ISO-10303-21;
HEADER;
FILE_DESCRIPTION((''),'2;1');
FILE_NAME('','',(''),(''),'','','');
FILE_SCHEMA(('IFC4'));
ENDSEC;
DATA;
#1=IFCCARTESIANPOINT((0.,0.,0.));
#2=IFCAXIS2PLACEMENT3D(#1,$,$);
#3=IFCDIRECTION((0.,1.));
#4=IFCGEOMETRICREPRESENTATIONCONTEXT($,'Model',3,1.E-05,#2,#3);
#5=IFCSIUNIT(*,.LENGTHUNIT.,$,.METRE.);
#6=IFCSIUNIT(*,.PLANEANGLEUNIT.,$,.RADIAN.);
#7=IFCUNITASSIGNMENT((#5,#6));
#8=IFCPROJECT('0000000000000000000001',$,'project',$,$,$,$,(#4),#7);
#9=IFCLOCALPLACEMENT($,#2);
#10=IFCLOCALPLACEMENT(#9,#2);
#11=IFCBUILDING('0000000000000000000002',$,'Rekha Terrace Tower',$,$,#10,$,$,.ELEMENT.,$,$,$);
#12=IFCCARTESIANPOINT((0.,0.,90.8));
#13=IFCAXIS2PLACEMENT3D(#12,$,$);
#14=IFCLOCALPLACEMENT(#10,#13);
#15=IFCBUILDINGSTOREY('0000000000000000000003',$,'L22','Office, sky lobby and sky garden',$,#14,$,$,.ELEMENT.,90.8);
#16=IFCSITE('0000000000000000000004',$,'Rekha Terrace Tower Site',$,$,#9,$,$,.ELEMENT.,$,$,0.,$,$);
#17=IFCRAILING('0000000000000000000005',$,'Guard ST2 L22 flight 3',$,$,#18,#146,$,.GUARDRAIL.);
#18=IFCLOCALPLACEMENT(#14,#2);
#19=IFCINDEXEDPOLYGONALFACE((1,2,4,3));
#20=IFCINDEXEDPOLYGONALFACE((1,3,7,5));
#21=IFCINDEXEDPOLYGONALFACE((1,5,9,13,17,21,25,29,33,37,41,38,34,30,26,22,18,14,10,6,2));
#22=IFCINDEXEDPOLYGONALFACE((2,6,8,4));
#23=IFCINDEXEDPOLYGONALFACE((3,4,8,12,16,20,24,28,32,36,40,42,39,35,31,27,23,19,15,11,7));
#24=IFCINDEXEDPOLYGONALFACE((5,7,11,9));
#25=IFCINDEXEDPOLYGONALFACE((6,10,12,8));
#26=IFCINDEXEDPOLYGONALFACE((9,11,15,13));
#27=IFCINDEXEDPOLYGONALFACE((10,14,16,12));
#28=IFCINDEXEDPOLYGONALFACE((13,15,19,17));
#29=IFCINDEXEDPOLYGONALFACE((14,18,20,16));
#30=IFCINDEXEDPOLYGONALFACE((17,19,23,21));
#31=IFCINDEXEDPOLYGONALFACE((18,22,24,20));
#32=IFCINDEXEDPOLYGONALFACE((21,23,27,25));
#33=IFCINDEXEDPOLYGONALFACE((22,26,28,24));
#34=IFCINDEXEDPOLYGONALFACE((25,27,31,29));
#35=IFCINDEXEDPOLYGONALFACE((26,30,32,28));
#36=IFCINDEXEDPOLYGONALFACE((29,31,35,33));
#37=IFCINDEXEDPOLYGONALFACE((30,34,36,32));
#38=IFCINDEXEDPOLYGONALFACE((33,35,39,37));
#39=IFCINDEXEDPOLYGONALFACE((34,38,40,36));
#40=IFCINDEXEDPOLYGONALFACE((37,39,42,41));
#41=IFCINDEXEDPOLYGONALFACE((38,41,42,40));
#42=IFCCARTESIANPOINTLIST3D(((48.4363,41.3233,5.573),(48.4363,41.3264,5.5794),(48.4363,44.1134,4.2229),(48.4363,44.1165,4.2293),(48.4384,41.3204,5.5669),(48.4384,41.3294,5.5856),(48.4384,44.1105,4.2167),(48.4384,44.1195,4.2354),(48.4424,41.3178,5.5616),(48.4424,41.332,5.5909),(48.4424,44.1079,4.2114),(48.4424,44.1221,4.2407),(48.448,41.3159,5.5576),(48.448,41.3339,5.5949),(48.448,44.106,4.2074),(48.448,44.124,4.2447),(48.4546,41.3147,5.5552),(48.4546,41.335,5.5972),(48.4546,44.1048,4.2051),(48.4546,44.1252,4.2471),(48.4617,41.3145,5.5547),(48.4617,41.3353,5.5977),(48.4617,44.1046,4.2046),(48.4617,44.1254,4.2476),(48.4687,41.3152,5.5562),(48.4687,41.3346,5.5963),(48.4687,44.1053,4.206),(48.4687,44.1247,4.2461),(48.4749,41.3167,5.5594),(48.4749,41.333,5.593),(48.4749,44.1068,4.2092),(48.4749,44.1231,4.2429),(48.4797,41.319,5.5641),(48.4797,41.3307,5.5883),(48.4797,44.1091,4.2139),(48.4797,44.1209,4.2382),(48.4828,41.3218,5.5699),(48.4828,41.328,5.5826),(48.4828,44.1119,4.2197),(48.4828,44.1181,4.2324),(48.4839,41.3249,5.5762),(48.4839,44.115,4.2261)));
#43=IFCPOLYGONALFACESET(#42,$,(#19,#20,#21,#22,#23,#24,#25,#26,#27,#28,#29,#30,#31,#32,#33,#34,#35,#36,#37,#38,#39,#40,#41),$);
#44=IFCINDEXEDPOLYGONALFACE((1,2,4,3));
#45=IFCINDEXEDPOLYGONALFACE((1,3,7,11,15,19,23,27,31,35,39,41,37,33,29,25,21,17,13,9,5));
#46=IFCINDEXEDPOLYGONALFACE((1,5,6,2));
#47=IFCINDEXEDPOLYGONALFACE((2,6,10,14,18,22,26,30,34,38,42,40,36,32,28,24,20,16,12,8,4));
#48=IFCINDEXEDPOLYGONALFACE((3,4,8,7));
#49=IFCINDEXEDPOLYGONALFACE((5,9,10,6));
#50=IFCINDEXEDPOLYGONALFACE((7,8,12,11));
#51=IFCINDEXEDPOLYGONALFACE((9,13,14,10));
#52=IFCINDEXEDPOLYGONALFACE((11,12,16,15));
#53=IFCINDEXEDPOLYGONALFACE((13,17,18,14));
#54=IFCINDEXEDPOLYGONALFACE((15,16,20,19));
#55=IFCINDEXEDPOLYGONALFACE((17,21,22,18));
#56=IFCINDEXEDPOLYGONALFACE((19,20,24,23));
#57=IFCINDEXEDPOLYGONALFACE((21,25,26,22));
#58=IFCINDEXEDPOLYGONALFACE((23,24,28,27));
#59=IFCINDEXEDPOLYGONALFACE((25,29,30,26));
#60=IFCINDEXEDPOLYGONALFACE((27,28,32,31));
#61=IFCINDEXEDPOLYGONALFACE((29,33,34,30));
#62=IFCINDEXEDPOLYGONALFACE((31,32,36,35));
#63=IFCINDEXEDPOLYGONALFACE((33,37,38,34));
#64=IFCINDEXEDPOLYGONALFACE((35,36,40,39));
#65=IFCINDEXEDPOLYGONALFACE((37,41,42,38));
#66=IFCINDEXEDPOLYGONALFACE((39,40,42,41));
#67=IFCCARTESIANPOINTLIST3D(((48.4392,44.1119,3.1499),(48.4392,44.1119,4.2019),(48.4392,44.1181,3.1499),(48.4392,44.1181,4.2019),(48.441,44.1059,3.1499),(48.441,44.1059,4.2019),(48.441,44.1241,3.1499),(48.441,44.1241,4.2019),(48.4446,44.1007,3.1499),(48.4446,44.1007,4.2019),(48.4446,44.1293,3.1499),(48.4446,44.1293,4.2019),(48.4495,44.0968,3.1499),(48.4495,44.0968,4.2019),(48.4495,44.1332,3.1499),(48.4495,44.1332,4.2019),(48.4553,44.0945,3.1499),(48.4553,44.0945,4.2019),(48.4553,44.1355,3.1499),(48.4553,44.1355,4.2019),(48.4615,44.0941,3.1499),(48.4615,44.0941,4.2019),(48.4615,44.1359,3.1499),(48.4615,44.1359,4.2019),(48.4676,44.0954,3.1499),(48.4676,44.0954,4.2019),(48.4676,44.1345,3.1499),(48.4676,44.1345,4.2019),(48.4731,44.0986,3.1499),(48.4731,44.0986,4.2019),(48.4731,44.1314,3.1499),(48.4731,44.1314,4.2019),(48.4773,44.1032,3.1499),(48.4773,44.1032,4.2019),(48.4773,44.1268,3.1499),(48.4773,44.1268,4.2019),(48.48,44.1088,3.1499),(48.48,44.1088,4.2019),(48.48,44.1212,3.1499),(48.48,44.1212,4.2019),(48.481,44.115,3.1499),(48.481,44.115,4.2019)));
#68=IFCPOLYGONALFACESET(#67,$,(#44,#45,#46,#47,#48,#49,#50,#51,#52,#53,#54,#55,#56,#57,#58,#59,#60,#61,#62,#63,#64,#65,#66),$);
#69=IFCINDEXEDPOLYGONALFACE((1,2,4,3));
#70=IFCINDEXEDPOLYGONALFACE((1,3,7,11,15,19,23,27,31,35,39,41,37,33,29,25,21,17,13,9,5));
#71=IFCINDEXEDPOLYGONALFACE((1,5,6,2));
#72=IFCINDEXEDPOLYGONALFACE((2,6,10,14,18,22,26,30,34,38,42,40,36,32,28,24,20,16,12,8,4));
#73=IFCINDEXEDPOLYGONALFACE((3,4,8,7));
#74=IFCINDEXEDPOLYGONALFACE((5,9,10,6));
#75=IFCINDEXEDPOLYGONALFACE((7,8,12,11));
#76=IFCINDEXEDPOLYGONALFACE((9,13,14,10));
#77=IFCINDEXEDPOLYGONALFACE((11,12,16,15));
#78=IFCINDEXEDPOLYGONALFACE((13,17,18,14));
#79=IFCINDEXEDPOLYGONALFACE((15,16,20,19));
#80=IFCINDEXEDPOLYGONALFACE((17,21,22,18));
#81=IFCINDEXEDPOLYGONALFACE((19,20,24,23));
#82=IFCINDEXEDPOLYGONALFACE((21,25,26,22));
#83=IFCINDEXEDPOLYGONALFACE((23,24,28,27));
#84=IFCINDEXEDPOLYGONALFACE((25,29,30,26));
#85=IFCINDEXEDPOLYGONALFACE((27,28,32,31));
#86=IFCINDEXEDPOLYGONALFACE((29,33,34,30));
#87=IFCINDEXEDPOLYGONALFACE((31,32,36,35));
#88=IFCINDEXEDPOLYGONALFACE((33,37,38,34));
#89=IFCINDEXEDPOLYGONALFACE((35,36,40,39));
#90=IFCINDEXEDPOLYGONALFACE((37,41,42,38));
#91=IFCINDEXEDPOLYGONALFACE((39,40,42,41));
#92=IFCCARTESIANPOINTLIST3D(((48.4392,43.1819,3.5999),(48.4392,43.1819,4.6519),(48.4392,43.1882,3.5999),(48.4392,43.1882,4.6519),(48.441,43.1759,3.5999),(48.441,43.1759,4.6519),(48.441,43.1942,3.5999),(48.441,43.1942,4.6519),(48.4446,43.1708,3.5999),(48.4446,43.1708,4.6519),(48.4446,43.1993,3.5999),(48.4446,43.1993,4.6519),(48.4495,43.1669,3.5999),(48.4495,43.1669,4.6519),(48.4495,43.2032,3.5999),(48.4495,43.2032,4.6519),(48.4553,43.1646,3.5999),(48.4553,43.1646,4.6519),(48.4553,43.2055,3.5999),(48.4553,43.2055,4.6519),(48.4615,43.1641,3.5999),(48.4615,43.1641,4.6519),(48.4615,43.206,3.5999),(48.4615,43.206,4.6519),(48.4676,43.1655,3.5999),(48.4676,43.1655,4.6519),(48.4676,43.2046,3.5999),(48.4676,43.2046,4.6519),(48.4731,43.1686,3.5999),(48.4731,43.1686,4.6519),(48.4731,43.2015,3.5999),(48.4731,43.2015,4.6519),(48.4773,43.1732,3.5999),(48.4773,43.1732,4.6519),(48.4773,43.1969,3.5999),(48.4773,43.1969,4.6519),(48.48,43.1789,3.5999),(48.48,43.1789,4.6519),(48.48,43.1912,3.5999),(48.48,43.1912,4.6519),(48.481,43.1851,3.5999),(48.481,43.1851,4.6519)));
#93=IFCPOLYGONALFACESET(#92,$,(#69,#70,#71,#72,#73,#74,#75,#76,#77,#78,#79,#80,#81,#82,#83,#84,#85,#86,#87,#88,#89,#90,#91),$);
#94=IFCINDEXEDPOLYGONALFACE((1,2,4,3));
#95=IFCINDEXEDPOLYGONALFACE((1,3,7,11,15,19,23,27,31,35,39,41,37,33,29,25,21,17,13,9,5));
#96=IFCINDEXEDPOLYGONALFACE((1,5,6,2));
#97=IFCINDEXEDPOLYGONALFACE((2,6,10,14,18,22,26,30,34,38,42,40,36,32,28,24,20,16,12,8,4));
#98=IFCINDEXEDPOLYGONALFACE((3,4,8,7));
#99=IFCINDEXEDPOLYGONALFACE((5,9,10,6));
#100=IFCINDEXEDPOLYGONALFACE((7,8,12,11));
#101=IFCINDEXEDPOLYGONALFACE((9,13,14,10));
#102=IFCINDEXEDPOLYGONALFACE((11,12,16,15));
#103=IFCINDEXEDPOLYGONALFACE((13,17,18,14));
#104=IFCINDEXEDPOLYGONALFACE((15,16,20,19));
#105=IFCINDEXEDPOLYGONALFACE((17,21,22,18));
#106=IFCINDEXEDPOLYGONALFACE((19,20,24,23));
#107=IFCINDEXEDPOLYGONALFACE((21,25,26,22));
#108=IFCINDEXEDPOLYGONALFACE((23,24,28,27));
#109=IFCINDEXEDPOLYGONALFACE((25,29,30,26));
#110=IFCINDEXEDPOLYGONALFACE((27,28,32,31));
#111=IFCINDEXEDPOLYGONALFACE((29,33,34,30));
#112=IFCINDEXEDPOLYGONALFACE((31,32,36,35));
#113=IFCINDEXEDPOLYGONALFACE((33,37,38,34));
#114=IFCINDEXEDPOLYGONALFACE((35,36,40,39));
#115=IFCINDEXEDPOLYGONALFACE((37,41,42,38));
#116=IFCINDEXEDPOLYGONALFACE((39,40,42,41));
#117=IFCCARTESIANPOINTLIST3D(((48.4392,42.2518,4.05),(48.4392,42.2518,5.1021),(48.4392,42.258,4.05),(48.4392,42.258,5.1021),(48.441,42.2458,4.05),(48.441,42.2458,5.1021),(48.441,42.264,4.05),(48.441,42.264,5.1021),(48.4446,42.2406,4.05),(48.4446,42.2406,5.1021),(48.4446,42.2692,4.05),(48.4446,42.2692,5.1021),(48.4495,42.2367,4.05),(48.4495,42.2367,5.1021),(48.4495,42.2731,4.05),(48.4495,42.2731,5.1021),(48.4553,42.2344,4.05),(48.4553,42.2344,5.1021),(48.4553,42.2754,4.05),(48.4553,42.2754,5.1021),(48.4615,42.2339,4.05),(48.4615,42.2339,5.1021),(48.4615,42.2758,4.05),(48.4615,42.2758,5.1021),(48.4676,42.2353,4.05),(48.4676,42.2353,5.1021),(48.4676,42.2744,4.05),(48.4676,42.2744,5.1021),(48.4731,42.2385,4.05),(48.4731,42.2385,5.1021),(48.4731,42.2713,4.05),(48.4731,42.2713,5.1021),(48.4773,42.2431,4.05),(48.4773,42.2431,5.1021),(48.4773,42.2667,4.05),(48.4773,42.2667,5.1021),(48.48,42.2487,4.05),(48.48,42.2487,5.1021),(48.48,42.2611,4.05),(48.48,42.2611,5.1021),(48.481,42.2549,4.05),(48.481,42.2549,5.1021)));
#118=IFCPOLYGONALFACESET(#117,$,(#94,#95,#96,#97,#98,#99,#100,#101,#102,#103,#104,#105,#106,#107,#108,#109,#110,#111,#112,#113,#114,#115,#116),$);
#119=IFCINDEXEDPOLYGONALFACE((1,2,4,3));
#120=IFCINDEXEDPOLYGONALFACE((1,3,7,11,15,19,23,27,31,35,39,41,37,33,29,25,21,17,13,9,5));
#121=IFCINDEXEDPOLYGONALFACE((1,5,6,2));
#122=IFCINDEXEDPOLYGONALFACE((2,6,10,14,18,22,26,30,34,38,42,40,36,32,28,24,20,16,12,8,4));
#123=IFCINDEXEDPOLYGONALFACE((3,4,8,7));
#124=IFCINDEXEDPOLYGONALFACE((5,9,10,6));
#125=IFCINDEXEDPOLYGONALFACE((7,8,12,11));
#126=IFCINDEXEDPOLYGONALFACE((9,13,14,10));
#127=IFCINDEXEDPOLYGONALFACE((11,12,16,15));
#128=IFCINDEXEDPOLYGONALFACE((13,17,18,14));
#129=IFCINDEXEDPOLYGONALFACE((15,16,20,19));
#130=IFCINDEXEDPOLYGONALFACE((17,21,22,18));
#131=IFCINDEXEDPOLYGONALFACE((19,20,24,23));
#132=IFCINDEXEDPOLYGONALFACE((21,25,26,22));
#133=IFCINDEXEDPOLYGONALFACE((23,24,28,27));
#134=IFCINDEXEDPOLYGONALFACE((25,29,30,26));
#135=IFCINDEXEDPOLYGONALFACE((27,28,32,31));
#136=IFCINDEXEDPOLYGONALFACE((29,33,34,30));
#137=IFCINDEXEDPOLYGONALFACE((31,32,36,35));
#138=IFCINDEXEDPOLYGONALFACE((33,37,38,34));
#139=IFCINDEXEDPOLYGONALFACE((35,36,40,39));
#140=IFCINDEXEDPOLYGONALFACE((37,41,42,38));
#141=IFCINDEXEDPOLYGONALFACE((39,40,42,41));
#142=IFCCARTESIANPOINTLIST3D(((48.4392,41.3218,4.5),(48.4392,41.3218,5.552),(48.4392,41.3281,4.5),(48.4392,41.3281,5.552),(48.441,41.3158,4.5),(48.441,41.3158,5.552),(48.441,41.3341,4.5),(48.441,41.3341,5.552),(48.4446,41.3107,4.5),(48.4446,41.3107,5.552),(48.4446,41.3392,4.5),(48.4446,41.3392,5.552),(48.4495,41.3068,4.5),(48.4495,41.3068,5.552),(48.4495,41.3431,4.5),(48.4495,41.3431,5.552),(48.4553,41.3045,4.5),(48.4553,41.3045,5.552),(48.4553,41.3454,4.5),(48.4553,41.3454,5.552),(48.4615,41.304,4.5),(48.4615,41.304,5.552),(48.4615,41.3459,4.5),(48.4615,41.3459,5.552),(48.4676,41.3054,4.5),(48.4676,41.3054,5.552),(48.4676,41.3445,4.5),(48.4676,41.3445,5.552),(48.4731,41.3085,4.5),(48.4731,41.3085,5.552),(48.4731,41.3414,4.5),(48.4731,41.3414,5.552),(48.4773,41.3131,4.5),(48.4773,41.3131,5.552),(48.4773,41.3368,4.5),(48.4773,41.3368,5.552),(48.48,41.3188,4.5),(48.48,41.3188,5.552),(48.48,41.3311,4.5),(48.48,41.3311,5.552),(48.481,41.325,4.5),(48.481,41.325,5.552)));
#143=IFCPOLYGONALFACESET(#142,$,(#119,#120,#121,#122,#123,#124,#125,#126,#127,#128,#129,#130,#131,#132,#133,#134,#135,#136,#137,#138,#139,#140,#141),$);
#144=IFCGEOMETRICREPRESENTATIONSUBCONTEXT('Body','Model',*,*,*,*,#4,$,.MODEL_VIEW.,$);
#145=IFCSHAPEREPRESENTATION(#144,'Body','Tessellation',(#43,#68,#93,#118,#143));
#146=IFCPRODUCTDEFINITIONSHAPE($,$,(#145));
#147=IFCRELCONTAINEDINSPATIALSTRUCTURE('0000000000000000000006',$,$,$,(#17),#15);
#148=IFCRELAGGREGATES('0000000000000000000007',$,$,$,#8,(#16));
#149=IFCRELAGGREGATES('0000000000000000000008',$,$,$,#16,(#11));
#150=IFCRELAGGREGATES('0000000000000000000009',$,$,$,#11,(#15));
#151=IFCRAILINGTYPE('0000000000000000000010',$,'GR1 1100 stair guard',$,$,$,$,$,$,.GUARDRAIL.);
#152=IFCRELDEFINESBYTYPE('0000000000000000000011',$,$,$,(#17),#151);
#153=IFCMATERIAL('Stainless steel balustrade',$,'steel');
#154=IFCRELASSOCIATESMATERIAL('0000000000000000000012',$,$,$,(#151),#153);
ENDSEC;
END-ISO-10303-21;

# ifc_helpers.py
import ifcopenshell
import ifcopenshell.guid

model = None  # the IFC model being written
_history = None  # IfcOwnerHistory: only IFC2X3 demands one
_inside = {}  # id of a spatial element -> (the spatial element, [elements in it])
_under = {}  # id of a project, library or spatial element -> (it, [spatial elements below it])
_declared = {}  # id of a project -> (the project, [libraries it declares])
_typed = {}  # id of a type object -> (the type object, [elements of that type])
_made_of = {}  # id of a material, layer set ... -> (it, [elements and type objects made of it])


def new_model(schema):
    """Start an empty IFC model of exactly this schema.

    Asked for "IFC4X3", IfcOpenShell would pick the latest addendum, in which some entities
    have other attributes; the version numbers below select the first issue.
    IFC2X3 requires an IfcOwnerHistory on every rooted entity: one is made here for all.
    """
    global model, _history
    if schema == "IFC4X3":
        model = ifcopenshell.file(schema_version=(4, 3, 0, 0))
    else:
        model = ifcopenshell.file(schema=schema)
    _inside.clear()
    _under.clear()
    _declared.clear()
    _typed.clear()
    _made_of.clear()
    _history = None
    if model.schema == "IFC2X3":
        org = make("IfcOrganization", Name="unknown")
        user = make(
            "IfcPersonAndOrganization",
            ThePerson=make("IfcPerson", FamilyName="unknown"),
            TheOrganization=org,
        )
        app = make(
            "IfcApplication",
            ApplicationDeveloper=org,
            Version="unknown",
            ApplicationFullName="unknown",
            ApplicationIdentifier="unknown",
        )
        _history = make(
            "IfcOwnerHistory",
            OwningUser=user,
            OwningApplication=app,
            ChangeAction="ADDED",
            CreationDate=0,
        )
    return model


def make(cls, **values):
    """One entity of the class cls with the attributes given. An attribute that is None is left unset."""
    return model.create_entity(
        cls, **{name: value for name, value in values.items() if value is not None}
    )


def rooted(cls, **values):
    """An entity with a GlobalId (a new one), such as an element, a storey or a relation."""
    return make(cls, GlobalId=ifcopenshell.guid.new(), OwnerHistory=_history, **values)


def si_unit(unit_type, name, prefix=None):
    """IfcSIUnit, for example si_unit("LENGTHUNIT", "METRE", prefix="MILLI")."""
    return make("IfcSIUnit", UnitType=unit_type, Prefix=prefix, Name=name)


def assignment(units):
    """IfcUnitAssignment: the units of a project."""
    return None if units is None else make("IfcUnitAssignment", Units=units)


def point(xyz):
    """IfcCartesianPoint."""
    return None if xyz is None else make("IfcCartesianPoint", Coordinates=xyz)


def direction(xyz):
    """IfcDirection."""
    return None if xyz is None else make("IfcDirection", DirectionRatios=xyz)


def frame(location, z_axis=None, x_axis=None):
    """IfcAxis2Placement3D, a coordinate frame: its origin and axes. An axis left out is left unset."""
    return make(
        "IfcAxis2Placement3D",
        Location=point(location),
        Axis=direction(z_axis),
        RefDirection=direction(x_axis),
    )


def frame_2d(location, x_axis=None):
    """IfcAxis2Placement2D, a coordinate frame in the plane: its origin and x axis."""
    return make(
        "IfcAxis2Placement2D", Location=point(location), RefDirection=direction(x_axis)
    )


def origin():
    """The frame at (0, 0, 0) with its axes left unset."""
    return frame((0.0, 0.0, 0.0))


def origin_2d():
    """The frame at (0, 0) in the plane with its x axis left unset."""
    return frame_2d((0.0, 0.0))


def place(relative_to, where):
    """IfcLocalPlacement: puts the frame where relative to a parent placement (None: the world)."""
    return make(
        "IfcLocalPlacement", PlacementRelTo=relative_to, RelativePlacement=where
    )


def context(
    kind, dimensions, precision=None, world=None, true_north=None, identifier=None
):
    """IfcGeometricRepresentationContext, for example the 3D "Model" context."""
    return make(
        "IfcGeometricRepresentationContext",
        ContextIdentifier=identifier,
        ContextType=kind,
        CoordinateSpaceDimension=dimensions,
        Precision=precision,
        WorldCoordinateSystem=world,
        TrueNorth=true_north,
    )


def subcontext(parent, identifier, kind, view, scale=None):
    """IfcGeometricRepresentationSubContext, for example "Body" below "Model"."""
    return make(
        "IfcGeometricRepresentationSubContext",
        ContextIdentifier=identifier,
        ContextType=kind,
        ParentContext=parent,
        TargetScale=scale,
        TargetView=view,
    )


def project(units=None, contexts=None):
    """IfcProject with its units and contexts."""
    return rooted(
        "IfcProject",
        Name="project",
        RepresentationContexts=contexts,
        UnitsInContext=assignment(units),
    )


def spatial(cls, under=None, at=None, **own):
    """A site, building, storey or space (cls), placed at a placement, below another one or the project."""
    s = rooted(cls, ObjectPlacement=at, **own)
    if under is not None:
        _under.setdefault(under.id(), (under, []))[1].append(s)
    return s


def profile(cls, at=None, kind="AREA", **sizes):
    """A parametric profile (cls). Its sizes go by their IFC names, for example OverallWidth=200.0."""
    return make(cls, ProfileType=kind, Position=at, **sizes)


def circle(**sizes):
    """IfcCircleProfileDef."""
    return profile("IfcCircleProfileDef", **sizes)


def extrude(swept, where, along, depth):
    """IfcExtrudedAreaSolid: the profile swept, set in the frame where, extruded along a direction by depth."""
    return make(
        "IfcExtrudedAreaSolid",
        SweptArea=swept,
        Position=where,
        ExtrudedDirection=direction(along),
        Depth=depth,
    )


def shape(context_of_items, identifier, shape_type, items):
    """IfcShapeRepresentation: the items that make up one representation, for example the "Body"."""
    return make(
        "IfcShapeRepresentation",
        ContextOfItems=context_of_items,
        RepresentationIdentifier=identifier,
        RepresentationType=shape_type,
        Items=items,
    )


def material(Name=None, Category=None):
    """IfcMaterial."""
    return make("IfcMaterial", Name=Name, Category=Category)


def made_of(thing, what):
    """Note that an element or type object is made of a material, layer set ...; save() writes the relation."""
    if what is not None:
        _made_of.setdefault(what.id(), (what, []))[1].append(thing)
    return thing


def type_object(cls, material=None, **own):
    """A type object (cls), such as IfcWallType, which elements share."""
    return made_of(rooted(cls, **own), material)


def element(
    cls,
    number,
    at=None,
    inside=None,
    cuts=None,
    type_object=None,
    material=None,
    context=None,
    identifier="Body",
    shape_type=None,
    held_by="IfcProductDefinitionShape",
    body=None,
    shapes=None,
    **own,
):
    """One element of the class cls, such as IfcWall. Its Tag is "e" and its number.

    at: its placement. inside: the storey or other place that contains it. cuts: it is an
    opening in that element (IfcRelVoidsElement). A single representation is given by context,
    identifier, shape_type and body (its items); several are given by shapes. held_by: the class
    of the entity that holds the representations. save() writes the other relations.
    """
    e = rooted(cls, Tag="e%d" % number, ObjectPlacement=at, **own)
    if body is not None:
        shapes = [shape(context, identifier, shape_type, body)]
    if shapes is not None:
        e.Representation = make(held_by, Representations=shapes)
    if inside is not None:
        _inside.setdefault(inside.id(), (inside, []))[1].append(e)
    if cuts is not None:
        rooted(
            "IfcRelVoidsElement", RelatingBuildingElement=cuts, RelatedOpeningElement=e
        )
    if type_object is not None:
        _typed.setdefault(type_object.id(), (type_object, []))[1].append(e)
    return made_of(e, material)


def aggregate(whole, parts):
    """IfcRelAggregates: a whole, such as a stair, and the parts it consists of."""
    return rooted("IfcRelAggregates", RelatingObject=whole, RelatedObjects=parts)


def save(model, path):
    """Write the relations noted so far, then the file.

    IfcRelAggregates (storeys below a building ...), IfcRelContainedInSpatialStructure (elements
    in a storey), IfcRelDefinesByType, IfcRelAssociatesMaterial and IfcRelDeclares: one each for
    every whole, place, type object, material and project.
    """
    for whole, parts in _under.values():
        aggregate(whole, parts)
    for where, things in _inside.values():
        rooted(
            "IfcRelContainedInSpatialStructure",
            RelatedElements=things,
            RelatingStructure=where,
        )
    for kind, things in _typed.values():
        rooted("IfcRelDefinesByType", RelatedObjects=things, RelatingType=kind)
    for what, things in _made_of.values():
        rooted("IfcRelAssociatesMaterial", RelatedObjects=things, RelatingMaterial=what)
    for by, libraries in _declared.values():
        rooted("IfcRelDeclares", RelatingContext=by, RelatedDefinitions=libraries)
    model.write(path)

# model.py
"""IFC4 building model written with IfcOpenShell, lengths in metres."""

from ifc_helpers import new_model, si_unit, direction, frame, origin, origin_2d, place, context, subcontext, project, spatial, circle, extrude, material, type_object, element, save


model = new_model("IFC4")

# Units and contexts
model_context = context("Model", 3, precision=1e-05, world=origin(), true_north=direction((0.0, 1.0)))
body_context = subcontext(model_context, "Body", "Model", "MODEL_VIEW")
ifc_project = project(units=[si_unit("LENGTHUNIT", "METRE"), si_unit("PLANEANGLEUNIT", "RADIAN")], contexts=[model_context])

# Site, building, storey
site_placement = place(None, origin())
site = spatial("IfcSite", under=ifc_project, at=site_placement, Name="Rekha Terrace Tower Site", CompositionType="ELEMENT", RefElevation=0.0)
building_placement = place(site_placement, origin())
building = spatial("IfcBuilding", under=site, at=building_placement, Name="Rekha Terrace Tower", CompositionType="ELEMENT")
storey_placement = place(building_placement, frame((0.0, 0.0, 90.8)))
storey = spatial("IfcBuildingStorey", under=building, at=storey_placement, Name="L22", Description="Office, sky lobby and sky garden", CompositionType="ELEMENT", Elevation=90.8)

# Railing
ifc_material_1 = material(Name="Stainless steel balustrade", Category="steel")
railing_type_1 = type_object("IfcRailingType", Name="GR1 1100 stair guard", PredefinedType="GUARDRAIL", material=ifc_material_1)
railing_1_placement = place(storey_placement, frame((48.46, 44.115, 3.1499)))
element("IfcRailing", 1, at=railing_1_placement, inside=storey, type_object=railing_type_1, Name="Guard ST2 L22 flight 3", PredefinedType="GUARDRAIL", context=body_context, shape_type="SweptSolid", body=[
    extrude(circle(Radius=0.0239, at=origin_2d()), frame((0.0, 0.0, 1.0762), z_axis=(0.0, -0.900149, 0.435582), x_axis=(1.0, 0.0, 0.0)), (0.0, 0.0, 1.0), 3.0996),
    extrude(circle(Radius=0.021, at=origin_2d()), origin(), (0.0, 0.0, 1.0), 1.052),
    extrude(circle(Radius=0.021, at=origin_2d()), frame((0.0, -0.9299, 0.45)), (0.0, 0.0, 1.0), 1.052),
    extrude(circle(Radius=0.021, at=origin_2d()), frame((0.0, -1.8601, 0.9001)), (0.0, 0.0, 1.0), 1.052),
    extrude(circle(Radius=0.021, at=origin_2d()), frame((0.0, -2.79, 1.3501)), (0.0, 0.0, 1.0), 1.052),
])

save(model, "model.ifc")
